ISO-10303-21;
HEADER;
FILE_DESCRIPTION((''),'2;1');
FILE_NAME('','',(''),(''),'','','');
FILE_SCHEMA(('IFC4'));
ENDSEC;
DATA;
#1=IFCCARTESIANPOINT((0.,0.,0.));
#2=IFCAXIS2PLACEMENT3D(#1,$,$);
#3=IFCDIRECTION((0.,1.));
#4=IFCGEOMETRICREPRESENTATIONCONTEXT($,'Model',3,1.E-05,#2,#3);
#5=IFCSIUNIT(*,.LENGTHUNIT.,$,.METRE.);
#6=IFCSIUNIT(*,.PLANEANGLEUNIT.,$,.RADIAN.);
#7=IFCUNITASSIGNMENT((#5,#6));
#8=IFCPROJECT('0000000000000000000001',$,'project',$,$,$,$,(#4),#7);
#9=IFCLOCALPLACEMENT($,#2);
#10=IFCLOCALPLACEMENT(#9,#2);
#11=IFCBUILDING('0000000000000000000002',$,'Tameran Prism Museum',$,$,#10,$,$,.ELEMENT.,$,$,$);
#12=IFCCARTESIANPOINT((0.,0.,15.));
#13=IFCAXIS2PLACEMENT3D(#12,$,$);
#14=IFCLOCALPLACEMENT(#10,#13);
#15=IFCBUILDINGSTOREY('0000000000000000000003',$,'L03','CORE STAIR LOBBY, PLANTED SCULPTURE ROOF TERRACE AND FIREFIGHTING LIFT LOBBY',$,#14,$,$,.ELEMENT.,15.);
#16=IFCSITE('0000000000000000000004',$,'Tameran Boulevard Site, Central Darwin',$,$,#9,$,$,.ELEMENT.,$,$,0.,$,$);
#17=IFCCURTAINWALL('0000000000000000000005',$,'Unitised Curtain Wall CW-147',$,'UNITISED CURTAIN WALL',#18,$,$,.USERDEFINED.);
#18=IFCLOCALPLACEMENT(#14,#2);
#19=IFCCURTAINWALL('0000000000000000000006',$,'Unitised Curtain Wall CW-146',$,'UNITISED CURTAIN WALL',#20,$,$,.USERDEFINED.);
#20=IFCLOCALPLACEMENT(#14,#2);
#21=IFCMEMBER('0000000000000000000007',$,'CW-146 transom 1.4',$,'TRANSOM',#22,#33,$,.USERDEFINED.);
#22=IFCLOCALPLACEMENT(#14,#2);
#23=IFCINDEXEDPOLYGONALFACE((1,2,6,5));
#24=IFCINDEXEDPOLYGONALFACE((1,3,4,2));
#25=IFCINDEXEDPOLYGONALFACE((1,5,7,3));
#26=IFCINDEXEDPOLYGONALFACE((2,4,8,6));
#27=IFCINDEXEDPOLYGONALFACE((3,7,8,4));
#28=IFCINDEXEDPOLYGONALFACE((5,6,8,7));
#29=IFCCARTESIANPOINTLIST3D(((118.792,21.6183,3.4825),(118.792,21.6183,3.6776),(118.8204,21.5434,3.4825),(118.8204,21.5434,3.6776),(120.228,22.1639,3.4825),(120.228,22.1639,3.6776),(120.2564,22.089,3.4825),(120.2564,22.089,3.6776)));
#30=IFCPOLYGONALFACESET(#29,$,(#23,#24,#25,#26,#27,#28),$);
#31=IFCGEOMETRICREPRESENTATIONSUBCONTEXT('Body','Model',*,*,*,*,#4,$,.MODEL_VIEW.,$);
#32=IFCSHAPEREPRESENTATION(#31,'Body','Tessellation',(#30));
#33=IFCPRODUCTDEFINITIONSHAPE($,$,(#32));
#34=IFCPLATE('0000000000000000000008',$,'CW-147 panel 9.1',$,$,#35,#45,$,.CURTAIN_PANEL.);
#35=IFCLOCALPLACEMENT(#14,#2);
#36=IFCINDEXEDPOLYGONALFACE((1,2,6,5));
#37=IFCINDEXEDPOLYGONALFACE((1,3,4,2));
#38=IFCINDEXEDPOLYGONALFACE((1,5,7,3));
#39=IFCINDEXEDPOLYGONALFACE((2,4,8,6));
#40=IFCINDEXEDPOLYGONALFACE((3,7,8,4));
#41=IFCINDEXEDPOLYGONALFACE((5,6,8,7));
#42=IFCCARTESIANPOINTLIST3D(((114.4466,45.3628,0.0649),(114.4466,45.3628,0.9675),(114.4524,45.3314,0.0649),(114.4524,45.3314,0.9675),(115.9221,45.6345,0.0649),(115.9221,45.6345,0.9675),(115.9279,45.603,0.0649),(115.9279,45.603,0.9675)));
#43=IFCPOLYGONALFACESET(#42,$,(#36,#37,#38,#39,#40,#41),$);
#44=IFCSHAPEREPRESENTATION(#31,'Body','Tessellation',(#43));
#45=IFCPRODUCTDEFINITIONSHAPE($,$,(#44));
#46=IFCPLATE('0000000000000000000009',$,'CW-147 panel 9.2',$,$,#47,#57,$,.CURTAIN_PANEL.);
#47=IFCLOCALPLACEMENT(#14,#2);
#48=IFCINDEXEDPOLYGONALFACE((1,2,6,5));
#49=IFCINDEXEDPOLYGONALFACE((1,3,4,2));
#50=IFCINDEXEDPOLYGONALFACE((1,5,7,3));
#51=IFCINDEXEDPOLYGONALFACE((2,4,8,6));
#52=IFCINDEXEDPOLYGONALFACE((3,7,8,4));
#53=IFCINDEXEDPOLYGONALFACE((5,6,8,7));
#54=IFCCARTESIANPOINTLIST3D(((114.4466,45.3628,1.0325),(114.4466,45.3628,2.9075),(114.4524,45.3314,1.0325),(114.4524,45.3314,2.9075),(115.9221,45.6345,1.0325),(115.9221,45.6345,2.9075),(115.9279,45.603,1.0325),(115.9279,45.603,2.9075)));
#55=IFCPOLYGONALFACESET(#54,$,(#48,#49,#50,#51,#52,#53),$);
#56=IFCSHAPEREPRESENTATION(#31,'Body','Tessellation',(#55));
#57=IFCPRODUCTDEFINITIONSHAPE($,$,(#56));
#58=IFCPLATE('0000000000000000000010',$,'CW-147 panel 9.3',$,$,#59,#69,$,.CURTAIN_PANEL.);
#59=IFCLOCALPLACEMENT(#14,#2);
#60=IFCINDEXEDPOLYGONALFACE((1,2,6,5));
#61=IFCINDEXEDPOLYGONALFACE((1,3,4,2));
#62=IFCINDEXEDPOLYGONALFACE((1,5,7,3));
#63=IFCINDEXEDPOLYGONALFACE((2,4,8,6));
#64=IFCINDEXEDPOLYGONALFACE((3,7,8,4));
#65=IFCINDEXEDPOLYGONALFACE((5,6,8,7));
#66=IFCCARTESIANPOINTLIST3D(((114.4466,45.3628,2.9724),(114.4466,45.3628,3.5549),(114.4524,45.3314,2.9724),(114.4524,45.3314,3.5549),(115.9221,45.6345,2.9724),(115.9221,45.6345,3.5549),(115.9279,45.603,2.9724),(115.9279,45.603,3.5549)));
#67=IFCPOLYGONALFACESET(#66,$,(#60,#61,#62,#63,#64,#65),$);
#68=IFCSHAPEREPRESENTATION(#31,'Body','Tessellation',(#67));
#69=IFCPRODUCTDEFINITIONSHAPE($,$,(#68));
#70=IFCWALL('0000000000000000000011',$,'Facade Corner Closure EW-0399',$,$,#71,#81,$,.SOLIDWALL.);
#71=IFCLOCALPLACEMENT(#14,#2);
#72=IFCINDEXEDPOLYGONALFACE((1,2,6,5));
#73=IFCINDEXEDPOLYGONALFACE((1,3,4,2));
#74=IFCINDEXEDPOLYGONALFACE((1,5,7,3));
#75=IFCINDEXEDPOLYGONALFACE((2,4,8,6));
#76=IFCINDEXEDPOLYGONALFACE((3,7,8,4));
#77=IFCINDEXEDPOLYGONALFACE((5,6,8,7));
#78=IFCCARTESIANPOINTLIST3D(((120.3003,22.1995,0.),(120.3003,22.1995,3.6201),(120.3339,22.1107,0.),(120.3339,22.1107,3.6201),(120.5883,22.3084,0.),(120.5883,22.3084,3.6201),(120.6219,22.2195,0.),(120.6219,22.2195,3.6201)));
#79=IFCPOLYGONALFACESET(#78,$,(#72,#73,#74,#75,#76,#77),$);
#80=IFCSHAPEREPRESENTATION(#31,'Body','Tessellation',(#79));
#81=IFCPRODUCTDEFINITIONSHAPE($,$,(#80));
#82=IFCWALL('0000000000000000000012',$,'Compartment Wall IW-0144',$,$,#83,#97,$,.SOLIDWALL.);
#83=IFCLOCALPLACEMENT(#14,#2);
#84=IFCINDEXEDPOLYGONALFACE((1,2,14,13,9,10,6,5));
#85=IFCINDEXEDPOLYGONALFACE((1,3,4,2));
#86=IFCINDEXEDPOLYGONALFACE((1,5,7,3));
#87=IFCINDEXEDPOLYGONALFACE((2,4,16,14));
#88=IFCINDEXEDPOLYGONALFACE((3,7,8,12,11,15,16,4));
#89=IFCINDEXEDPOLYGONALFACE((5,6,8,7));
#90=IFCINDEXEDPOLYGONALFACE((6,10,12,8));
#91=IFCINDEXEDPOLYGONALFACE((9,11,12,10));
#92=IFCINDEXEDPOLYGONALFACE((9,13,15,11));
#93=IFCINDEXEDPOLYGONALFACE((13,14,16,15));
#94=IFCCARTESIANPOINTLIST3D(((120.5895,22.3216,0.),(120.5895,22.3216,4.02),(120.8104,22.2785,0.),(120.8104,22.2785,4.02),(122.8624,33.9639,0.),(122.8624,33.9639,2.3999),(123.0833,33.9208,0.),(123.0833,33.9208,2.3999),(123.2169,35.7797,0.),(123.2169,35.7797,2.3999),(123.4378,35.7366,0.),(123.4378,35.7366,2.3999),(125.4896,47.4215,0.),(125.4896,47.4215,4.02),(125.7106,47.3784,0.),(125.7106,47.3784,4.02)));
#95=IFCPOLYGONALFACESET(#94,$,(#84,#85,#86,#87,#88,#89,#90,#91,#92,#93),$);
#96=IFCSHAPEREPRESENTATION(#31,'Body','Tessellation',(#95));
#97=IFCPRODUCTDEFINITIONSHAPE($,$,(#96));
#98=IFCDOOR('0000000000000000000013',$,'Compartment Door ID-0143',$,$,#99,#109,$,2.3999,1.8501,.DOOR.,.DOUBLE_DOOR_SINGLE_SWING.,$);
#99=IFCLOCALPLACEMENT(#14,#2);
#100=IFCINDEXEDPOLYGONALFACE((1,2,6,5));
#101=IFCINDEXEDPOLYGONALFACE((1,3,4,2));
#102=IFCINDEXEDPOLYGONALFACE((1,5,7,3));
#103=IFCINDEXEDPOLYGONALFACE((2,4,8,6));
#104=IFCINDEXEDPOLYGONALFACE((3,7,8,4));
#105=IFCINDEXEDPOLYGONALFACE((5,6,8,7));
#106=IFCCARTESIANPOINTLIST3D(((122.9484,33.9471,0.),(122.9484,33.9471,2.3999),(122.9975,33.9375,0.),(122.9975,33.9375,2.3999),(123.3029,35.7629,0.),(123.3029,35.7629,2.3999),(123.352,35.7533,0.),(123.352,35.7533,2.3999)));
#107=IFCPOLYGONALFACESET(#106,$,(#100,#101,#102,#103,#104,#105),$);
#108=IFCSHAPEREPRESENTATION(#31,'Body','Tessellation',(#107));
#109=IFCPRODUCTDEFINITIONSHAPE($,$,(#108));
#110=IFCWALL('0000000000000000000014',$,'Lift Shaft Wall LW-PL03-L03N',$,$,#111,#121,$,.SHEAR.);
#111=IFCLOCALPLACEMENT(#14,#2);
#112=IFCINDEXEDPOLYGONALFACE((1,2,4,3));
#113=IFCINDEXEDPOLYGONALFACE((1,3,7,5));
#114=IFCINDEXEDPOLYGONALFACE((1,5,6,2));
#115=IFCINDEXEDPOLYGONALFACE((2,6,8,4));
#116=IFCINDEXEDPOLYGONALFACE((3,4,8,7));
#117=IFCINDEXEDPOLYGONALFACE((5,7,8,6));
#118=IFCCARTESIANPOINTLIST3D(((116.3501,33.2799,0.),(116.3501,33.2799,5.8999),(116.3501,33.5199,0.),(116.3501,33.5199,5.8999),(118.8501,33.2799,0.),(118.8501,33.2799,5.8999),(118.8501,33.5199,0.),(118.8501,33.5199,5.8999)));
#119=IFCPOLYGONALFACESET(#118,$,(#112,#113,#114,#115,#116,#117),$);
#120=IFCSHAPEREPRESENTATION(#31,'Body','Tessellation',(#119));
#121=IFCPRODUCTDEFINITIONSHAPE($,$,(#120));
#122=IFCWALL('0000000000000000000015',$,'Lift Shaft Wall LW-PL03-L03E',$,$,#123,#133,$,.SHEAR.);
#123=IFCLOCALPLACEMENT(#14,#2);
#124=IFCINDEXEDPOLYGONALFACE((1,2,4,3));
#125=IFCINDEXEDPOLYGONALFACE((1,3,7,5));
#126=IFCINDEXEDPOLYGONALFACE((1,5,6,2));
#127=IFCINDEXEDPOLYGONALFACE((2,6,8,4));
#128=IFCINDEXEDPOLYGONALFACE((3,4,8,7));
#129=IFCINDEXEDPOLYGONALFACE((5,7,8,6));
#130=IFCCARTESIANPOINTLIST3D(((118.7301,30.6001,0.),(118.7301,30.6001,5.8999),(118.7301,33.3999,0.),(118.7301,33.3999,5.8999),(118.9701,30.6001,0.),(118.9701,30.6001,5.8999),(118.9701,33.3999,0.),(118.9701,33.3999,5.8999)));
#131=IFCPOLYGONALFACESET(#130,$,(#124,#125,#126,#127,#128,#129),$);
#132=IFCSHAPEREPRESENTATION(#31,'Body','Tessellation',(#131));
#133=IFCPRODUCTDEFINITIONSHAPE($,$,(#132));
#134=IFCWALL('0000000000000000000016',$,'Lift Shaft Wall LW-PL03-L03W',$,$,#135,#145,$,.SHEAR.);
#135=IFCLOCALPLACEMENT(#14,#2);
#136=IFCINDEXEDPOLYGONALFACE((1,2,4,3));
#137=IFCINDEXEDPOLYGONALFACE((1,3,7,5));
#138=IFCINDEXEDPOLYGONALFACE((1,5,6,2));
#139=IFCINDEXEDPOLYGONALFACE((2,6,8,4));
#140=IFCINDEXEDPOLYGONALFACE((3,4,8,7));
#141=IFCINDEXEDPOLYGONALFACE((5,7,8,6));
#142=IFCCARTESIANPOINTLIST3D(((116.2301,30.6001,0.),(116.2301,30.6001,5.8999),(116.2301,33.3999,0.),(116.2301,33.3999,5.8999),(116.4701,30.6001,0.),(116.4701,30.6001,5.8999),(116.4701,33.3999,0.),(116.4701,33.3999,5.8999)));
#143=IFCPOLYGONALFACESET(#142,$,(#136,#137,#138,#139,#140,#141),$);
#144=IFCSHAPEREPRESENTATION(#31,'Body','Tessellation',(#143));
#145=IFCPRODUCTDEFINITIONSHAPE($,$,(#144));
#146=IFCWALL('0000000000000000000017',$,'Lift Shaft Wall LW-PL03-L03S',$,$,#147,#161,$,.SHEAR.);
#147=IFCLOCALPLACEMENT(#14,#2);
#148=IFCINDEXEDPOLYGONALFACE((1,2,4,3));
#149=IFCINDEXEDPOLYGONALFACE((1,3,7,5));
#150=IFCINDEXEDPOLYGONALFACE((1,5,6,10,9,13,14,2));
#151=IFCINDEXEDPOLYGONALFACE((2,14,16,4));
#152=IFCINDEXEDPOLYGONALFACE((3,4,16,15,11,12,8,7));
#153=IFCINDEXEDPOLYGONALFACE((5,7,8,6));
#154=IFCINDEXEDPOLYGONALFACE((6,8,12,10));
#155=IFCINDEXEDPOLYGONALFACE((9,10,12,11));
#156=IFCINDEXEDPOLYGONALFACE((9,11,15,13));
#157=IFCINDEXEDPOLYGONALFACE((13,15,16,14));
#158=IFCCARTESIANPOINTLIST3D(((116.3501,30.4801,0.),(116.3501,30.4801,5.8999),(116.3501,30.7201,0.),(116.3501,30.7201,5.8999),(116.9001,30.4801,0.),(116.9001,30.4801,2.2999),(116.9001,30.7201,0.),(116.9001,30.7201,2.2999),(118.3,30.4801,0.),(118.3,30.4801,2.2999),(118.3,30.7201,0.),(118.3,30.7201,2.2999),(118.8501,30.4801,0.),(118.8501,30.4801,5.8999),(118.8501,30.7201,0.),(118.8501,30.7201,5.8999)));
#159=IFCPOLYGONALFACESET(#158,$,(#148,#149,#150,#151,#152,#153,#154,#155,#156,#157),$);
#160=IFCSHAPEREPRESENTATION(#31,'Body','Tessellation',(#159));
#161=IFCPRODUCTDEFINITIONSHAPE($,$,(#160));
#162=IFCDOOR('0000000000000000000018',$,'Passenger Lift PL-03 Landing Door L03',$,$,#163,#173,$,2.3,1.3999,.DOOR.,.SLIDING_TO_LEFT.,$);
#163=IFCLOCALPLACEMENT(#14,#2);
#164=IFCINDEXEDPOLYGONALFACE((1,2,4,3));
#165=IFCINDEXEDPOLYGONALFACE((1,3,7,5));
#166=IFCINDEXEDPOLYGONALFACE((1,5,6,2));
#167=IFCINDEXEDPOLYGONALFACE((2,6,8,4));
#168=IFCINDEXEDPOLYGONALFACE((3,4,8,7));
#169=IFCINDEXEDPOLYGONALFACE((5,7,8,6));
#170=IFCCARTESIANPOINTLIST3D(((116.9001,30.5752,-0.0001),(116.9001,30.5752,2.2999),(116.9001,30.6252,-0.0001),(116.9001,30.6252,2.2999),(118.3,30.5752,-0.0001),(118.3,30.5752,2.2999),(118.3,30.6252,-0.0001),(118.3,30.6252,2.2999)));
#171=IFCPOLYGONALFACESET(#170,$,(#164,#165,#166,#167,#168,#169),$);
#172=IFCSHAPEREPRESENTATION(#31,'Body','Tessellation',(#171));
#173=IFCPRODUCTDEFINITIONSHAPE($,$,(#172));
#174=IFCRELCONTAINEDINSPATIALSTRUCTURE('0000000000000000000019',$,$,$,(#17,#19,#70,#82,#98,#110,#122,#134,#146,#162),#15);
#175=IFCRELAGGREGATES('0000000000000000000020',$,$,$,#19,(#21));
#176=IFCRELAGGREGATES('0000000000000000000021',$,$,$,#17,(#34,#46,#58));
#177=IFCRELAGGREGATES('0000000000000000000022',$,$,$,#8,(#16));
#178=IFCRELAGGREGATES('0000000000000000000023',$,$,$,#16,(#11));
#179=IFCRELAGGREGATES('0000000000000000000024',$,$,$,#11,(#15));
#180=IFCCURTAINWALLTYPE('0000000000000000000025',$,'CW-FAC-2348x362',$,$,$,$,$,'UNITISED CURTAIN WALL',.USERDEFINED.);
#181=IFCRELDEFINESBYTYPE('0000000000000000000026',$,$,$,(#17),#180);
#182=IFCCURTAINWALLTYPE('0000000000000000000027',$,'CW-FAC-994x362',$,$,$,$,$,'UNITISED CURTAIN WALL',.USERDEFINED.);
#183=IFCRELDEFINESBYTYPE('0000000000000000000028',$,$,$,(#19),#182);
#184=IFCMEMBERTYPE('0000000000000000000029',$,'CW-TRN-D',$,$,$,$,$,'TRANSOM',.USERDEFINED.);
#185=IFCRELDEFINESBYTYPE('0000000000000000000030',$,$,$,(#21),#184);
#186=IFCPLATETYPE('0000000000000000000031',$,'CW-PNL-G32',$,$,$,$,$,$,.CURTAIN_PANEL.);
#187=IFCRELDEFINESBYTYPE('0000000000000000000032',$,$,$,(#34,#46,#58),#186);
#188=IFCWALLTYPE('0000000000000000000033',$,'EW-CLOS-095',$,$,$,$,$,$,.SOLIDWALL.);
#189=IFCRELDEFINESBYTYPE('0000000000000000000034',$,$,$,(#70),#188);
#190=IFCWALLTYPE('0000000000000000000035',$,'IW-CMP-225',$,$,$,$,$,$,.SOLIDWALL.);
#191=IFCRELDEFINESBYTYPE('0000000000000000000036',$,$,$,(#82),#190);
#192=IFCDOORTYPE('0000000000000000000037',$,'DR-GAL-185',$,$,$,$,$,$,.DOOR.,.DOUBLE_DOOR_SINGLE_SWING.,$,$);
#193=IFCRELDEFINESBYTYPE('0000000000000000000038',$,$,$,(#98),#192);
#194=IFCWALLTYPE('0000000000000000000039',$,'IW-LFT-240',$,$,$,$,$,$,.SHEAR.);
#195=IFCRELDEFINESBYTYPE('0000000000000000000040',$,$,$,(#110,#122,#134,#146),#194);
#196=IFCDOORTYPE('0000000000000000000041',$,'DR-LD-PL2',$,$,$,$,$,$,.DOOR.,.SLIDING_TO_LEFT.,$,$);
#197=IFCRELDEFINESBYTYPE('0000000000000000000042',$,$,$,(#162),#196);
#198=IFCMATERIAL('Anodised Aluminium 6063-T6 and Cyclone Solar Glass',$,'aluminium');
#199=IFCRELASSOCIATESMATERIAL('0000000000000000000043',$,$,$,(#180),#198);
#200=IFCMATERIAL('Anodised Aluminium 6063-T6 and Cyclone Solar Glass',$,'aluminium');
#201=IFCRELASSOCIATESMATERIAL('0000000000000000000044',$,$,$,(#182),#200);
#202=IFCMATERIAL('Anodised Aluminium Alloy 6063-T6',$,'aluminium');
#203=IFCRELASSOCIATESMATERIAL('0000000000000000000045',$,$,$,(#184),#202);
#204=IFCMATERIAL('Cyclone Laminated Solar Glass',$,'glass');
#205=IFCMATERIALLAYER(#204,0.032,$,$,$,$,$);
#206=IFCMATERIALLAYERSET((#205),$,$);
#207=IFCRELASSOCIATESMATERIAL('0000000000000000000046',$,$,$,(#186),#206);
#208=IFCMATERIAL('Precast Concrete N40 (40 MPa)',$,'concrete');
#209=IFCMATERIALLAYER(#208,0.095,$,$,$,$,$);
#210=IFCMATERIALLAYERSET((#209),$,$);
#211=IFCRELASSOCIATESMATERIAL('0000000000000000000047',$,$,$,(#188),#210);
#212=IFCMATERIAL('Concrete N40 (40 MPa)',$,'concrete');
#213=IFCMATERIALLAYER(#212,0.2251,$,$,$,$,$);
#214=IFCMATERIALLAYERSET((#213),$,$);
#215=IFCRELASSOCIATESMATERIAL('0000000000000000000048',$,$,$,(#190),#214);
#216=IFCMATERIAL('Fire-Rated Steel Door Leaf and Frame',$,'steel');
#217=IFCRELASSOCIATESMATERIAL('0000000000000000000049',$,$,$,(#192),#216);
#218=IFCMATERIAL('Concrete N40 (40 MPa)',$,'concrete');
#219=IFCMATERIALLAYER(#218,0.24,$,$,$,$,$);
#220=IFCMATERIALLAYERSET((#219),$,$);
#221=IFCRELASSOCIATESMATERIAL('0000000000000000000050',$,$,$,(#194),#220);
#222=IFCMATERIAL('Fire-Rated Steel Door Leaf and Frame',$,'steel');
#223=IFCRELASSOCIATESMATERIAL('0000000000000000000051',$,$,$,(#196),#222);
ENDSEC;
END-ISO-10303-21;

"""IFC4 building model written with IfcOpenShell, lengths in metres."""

from ifc_helpers import new_model, si_unit, direction, frame, frame_2d, origin, origin_2d, place, context, subcontext, project, spatial, rectangle, extrude, material, layer, layer_set, material_profile, profile_set, type_object, element, fill, aggregate, save


model = new_model("IFC4")

# Units and contexts
model_context = context("Model", 3, precision=1e-05, world=origin(), true_north=direction((0.0, 1.0)))
body_context = subcontext(model_context, "Body", "Model", "MODEL_VIEW")
ifc_project = project(units=[si_unit("LENGTHUNIT", "METRE"), si_unit("PLANEANGLEUNIT", "RADIAN")], contexts=[model_context])

# Site, building, storey
site_placement = place(None, origin())
site = spatial("IfcSite", under=ifc_project, at=site_placement, Name="Tameran Boulevard Site, Central Darwin", CompositionType="ELEMENT", RefElevation=0.0)
building_placement = place(site_placement, origin())
building = spatial("IfcBuilding", under=site, at=building_placement, Name="Tameran Prism Museum", CompositionType="ELEMENT")
storey_placement = place(building_placement, frame((0.0, 0.0, 15.0)))
storey = spatial("IfcBuildingStorey", under=building, at=storey_placement, Name="L03", Description="CORE STAIR LOBBY, PLANTED SCULPTURE ROOF TERRACE AND FIREFIGHTING LIFT LOBBY", CompositionType="ELEMENT", Elevation=15.0)

# Curtain wall
ifc_material_1 = material(Name="Anodised Aluminium 6063-T6 and Cyclone Solar Glass", Category="aluminium")
curtain_wall_type_1 = type_object("IfcCurtainWallType", Name="CW-FAC-2348x362", ElementType="UNITISED CURTAIN WALL", PredefinedType="USERDEFINED", material=ifc_material_1)
curtain_wall_1_placement = place(storey_placement, origin())
curtain_wall_1 = element("IfcCurtainWall", 1, at=curtain_wall_1_placement, inside=storey, type_object=curtain_wall_type_1, Name="Unitised Curtain Wall CW-147", ObjectType="UNITISED CURTAIN WALL", PredefinedType="USERDEFINED")

# Curtain wall
ifc_material_2 = material(Name="Anodised Aluminium 6063-T6 and Cyclone Solar Glass", Category="aluminium")
curtain_wall_type_2 = type_object("IfcCurtainWallType", Name="CW-FAC-994x362", ElementType="UNITISED CURTAIN WALL", PredefinedType="USERDEFINED", material=ifc_material_2)
curtain_wall_2_placement = place(storey_placement, origin())
curtain_wall_2 = element("IfcCurtainWall", 2, at=curtain_wall_2_placement, inside=storey, type_object=curtain_wall_type_2, Name="Unitised Curtain Wall CW-146", ObjectType="UNITISED CURTAIN WALL", PredefinedType="USERDEFINED")

# Member
ifc_material_3 = material(Name="Anodised Aluminium Alloy 6063-T6", Category="aluminium")
ifc_material_profile_1 = material_profile(ifc_material_3, rectangle(XDim=0.0801, YDim=0.1951, at=origin_2d()))
ifc_profile_set_1 = profile_set([ifc_material_profile_1])
member_type_1 = type_object("IfcMemberType", Name="CW-TRN-D", ElementType="TRANSOM", PredefinedType="USERDEFINED", material=ifc_profile_set_1)
member_1_placement = place(storey_placement, frame((120.2422, 22.1265, 3.5801), z_axis=(-0.934792, -0.355196, 0.0), x_axis=(0.355196, -0.934792, 0.0)))
member_1 = element("IfcMember", 3, at=member_1_placement, type_object=member_type_1, Name="CW-146 transom 1.4", ObjectType="TRANSOM", PredefinedType="USERDEFINED", context=body_context, shape_type="SweptSolid", body=[
    extrude(rectangle(XDim=0.0801, YDim=0.1951, at=origin_2d()), origin(), (0.0, 0.0, 1.0), 1.5361),
])
aggregate(curtain_wall_2, [member_1])

# Plates
ifc_material_4 = material(Name="Cyclone Laminated Solar Glass", Category="glass")
ifc_layer_1 = layer(ifc_material_4, 0.032)
ifc_layer_set_1 = layer_set([ifc_layer_1])
plate_type = type_object("IfcPlateType", Name="CW-PNL-G32", PredefinedType="CURTAIN_PANEL", material=ifc_layer_set_1)
plate_1_placement = place(storey_placement, frame((115.1873, 45.4829, 0.0649), z_axis=(0.0, 0.0, 1.0), x_axis=(0.983472, 0.181063, 0.0)))
plate_1 = element("IfcPlate", 4, at=plate_1_placement, type_object=plate_type, Name="CW-147 panel 9.1", PredefinedType="CURTAIN_PANEL", context=body_context, shape_type="SweptSolid", body=[
    extrude(rectangle(XDim=1.5002, YDim=0.032, at=origin_2d()), origin(), (0.0, 0.0, 1.0), 0.9026),
])
plate_2_placement = place(storey_placement, frame((115.1873, 45.4829, 1.0325), z_axis=(0.0, 0.0, 1.0), x_axis=(0.983472, 0.181063, 0.0)))
plate_2 = element("IfcPlate", 5, at=plate_2_placement, type_object=plate_type, Name="CW-147 panel 9.2", PredefinedType="CURTAIN_PANEL", context=body_context, shape_type="SweptSolid", body=[
    extrude(rectangle(XDim=1.5002, YDim=0.032, at=origin_2d()), origin(), (0.0, 0.0, 1.0), 1.875),
])
plate_3_placement = place(storey_placement, frame((115.1873, 45.4829, 2.9724), z_axis=(0.0, 0.0, 1.0), x_axis=(0.983472, 0.181063, 0.0)))
plate_3 = element("IfcPlate", 6, at=plate_3_placement, type_object=plate_type, Name="CW-147 panel 9.3", PredefinedType="CURTAIN_PANEL", context=body_context, shape_type="SweptSolid", body=[
    extrude(rectangle(XDim=1.5002, YDim=0.032, at=origin_2d()), origin(), (0.0, 0.0, 1.0), 0.5825),
])
aggregate(curtain_wall_1, [plate_1, plate_2, plate_3])

# Wall
ifc_material_5 = material(Name="Precast Concrete N40 (40 MPa)", Category="concrete")
ifc_layer_2 = layer(ifc_material_5, 0.095)
ifc_layer_set_2 = layer_set([ifc_layer_2])
wall_type_1 = type_object("IfcWallType", Name="EW-CLOS-095", PredefinedType="SOLIDWALL", material=ifc_layer_set_2)
wall_1_placement = place(storey_placement, frame((120.605, 22.2639, 0.0), z_axis=(0.0, 0.0, 1.0), x_axis=(-0.935414, -0.353555, 0.0)))
element("IfcWall", 7, at=wall_1_placement, inside=storey, type_object=wall_type_1, Name="Facade Corner Closure EW-0399", PredefinedType="SOLIDWALL", context=body_context, shape_type="SweptSolid", body=[
    extrude(rectangle(XDim=0.3079, YDim=0.095, at=frame_2d((0.1538, 0.0))), origin(), (0.0, 0.0, 1.0), 3.6201),
])

# Wall, opening, door
ifc_material_6 = material(Name="Concrete N40 (40 MPa)", Category="concrete")
ifc_layer_3 = layer(ifc_material_6, 0.2251)
ifc_layer_set_3 = layer_set([ifc_layer_3])
wall_type_2 = type_object("IfcWallType", Name="IW-CMP-225", PredefinedType="SOLIDWALL", material=ifc_layer_set_3)
wall_2_placement = place(storey_placement, frame((120.7, 22.3, 0.0), z_axis=(0.0, 0.0, 1.0), x_axis=(0.191609, 0.981471, 0.0)))
wall_2 = element("IfcWall", 8, at=wall_2_placement, inside=storey, type_object=wall_type_2, Name="Compartment Wall IW-0144", PredefinedType="SOLIDWALL", context=body_context, shape_type="SweptSolid", body=[
    extrude(rectangle(XDim=25.5737, YDim=0.2251, at=frame_2d((12.7869, 0.0))), origin(), (0.0, 0.0, 1.0), 4.02),
])
opening_1_placement = place(wall_2_placement, frame((11.8621, 0.0, 0.0)))
opening_1 = element("IfcOpeningElement", 9, at=opening_1_placement, cuts=wall_2, PredefinedType="OPENING", context=body_context, shape_type="SweptSolid", body=[
    extrude(rectangle(XDim=1.8501, YDim=2.3999, at=frame_2d((0.925, 1.2))), frame((0.0, 0.1226, 0.0), z_axis=(0.0, -1.0, 0.0), x_axis=(1.0, 0.0, 0.0)), (0.0, 0.0, 1.0), 0.2451),
])
ifc_material_7 = material(Name="Fire-Rated Steel Door Leaf and Frame", Category="steel")
door_type_1 = type_object("IfcDoorType", Name="DR-GAL-185", OperationType="DOUBLE_DOOR_SINGLE_SWING", PredefinedType="DOOR", material=ifc_material_7)
door_1_placement = place(opening_1_placement, origin())
door_1 = element("IfcDoor", 10, at=door_1_placement, inside=storey, type_object=door_type_1, Name="Compartment Door ID-0143", OperationType="DOUBLE_DOOR_SINGLE_SWING", OverallHeight=2.3999, OverallWidth=1.8501, PredefinedType="DOOR", context=body_context, shape_type="SweptSolid", body=[
    extrude(rectangle(XDim=1.8501, YDim=2.3999, at=frame_2d((0.925, 1.2))), frame((0.0, 0.0249, 0.0), z_axis=(0.0, -1.0, 0.0), x_axis=(1.0, 0.0, 0.0)), (0.0, 0.0, 1.0), 0.05),
])
fill(opening_1, door_1)

# Walls
ifc_material_8 = material(Name="Concrete N40 (40 MPa)", Category="concrete")
ifc_layer_4 = layer(ifc_material_8, 0.24)
ifc_layer_set_4 = layer_set([ifc_layer_4])
wall_type_3 = type_object("IfcWallType", Name="IW-LFT-240", PredefinedType="SHEAR", material=ifc_layer_set_4)
wall_3_placement = place(storey_placement, frame((116.3501, 33.3999, 0.0), z_axis=(0.0, 0.0, 1.0), x_axis=(1.0, 0.0, 0.0)))
element("IfcWall", 11, at=wall_3_placement, inside=storey, type_object=wall_type_3, Name="Lift Shaft Wall LW-PL03-L03N", PredefinedType="SHEAR", context=body_context, shape_type="SweptSolid", body=[
    extrude(rectangle(XDim=2.5, YDim=0.24, at=frame_2d((1.25, 0.0))), origin(), (0.0, 0.0, 1.0), 5.8999),
])
for number, where, z_axis, x_axis, name in (
    (12, (118.8501, 33.3999, 0.0), (0.0, 0.0, 1.0), (0.0, -1.0, 0.0), "Lift Shaft Wall LW-PL03-L03E"),
    (13, (116.3501, 30.6001, 0.0), (0.0, 0.0, 1.0), (0.0, 1.0, 0.0), "Lift Shaft Wall LW-PL03-L03W"),
):
    element("IfcWall", number, at=place(storey_placement, frame(where, z_axis=z_axis, x_axis=x_axis)), inside=storey, type_object=wall_type_3, Name=name, PredefinedType="SHEAR", context=body_context, shape_type="SweptSolid", body=[
        extrude(rectangle(XDim=2.7998, YDim=0.24, at=frame_2d((1.3999, 0.0))), origin(), (0.0, 0.0, 1.0), 5.8999),
    ])

# Wall, opening, door
wall_4_placement = place(storey_placement, frame((118.8501, 30.6001, 0.0), z_axis=(0.0, 0.0, 1.0), x_axis=(-1.0, 0.0, 0.0)))
wall_4 = element("IfcWall", 14, at=wall_4_placement, inside=storey, type_object=wall_type_3, Name="Lift Shaft Wall LW-PL03-L03S", PredefinedType="SHEAR", context=body_context, shape_type="SweptSolid", body=[
    extrude(rectangle(XDim=2.5, YDim=0.24, at=frame_2d((1.25, 0.0))), origin(), (0.0, 0.0, 1.0), 5.8999),
])
opening_2_placement = place(wall_4_placement, frame((0.55, 0.0, 0.0)))
opening_2 = element("IfcOpeningElement", 15, at=opening_2_placement, cuts=wall_4, PredefinedType="OPENING", context=body_context, shape_type="SweptSolid", body=[
    extrude(rectangle(XDim=1.3999, YDim=2.3, at=frame_2d((0.7, 1.1499))), frame((0.0, 0.1299, 0.0), z_axis=(0.0, -1.0, 0.0), x_axis=(1.0, 0.0, 0.0)), (0.0, 0.0, 1.0), 0.26),
])
ifc_material_9 = material(Name="Fire-Rated Steel Door Leaf and Frame", Category="steel")
door_type_2 = type_object("IfcDoorType", Name="DR-LD-PL2", OperationType="SLIDING_TO_LEFT", PredefinedType="DOOR", material=ifc_material_9)
door_2_placement = place(opening_2_placement, origin())
door_2 = element("IfcDoor", 16, at=door_2_placement, inside=storey, type_object=door_type_2, Name="Passenger Lift PL-03 Landing Door L03", OperationType="SLIDING_TO_LEFT", OverallHeight=2.3, OverallWidth=1.3999, PredefinedType="DOOR", context=body_context, shape_type="SweptSolid", body=[
    extrude(rectangle(XDim=1.3999, YDim=2.3, at=frame_2d((0.7, 1.1499))), frame((0.0, 0.0249, 0.0), z_axis=(0.0, -1.0, 0.0), x_axis=(1.0, 0.0, 0.0)), (0.0, 0.0, 1.0), 0.05),
])
fill(opening_2, door_2)

save(model, "model.ifc")
